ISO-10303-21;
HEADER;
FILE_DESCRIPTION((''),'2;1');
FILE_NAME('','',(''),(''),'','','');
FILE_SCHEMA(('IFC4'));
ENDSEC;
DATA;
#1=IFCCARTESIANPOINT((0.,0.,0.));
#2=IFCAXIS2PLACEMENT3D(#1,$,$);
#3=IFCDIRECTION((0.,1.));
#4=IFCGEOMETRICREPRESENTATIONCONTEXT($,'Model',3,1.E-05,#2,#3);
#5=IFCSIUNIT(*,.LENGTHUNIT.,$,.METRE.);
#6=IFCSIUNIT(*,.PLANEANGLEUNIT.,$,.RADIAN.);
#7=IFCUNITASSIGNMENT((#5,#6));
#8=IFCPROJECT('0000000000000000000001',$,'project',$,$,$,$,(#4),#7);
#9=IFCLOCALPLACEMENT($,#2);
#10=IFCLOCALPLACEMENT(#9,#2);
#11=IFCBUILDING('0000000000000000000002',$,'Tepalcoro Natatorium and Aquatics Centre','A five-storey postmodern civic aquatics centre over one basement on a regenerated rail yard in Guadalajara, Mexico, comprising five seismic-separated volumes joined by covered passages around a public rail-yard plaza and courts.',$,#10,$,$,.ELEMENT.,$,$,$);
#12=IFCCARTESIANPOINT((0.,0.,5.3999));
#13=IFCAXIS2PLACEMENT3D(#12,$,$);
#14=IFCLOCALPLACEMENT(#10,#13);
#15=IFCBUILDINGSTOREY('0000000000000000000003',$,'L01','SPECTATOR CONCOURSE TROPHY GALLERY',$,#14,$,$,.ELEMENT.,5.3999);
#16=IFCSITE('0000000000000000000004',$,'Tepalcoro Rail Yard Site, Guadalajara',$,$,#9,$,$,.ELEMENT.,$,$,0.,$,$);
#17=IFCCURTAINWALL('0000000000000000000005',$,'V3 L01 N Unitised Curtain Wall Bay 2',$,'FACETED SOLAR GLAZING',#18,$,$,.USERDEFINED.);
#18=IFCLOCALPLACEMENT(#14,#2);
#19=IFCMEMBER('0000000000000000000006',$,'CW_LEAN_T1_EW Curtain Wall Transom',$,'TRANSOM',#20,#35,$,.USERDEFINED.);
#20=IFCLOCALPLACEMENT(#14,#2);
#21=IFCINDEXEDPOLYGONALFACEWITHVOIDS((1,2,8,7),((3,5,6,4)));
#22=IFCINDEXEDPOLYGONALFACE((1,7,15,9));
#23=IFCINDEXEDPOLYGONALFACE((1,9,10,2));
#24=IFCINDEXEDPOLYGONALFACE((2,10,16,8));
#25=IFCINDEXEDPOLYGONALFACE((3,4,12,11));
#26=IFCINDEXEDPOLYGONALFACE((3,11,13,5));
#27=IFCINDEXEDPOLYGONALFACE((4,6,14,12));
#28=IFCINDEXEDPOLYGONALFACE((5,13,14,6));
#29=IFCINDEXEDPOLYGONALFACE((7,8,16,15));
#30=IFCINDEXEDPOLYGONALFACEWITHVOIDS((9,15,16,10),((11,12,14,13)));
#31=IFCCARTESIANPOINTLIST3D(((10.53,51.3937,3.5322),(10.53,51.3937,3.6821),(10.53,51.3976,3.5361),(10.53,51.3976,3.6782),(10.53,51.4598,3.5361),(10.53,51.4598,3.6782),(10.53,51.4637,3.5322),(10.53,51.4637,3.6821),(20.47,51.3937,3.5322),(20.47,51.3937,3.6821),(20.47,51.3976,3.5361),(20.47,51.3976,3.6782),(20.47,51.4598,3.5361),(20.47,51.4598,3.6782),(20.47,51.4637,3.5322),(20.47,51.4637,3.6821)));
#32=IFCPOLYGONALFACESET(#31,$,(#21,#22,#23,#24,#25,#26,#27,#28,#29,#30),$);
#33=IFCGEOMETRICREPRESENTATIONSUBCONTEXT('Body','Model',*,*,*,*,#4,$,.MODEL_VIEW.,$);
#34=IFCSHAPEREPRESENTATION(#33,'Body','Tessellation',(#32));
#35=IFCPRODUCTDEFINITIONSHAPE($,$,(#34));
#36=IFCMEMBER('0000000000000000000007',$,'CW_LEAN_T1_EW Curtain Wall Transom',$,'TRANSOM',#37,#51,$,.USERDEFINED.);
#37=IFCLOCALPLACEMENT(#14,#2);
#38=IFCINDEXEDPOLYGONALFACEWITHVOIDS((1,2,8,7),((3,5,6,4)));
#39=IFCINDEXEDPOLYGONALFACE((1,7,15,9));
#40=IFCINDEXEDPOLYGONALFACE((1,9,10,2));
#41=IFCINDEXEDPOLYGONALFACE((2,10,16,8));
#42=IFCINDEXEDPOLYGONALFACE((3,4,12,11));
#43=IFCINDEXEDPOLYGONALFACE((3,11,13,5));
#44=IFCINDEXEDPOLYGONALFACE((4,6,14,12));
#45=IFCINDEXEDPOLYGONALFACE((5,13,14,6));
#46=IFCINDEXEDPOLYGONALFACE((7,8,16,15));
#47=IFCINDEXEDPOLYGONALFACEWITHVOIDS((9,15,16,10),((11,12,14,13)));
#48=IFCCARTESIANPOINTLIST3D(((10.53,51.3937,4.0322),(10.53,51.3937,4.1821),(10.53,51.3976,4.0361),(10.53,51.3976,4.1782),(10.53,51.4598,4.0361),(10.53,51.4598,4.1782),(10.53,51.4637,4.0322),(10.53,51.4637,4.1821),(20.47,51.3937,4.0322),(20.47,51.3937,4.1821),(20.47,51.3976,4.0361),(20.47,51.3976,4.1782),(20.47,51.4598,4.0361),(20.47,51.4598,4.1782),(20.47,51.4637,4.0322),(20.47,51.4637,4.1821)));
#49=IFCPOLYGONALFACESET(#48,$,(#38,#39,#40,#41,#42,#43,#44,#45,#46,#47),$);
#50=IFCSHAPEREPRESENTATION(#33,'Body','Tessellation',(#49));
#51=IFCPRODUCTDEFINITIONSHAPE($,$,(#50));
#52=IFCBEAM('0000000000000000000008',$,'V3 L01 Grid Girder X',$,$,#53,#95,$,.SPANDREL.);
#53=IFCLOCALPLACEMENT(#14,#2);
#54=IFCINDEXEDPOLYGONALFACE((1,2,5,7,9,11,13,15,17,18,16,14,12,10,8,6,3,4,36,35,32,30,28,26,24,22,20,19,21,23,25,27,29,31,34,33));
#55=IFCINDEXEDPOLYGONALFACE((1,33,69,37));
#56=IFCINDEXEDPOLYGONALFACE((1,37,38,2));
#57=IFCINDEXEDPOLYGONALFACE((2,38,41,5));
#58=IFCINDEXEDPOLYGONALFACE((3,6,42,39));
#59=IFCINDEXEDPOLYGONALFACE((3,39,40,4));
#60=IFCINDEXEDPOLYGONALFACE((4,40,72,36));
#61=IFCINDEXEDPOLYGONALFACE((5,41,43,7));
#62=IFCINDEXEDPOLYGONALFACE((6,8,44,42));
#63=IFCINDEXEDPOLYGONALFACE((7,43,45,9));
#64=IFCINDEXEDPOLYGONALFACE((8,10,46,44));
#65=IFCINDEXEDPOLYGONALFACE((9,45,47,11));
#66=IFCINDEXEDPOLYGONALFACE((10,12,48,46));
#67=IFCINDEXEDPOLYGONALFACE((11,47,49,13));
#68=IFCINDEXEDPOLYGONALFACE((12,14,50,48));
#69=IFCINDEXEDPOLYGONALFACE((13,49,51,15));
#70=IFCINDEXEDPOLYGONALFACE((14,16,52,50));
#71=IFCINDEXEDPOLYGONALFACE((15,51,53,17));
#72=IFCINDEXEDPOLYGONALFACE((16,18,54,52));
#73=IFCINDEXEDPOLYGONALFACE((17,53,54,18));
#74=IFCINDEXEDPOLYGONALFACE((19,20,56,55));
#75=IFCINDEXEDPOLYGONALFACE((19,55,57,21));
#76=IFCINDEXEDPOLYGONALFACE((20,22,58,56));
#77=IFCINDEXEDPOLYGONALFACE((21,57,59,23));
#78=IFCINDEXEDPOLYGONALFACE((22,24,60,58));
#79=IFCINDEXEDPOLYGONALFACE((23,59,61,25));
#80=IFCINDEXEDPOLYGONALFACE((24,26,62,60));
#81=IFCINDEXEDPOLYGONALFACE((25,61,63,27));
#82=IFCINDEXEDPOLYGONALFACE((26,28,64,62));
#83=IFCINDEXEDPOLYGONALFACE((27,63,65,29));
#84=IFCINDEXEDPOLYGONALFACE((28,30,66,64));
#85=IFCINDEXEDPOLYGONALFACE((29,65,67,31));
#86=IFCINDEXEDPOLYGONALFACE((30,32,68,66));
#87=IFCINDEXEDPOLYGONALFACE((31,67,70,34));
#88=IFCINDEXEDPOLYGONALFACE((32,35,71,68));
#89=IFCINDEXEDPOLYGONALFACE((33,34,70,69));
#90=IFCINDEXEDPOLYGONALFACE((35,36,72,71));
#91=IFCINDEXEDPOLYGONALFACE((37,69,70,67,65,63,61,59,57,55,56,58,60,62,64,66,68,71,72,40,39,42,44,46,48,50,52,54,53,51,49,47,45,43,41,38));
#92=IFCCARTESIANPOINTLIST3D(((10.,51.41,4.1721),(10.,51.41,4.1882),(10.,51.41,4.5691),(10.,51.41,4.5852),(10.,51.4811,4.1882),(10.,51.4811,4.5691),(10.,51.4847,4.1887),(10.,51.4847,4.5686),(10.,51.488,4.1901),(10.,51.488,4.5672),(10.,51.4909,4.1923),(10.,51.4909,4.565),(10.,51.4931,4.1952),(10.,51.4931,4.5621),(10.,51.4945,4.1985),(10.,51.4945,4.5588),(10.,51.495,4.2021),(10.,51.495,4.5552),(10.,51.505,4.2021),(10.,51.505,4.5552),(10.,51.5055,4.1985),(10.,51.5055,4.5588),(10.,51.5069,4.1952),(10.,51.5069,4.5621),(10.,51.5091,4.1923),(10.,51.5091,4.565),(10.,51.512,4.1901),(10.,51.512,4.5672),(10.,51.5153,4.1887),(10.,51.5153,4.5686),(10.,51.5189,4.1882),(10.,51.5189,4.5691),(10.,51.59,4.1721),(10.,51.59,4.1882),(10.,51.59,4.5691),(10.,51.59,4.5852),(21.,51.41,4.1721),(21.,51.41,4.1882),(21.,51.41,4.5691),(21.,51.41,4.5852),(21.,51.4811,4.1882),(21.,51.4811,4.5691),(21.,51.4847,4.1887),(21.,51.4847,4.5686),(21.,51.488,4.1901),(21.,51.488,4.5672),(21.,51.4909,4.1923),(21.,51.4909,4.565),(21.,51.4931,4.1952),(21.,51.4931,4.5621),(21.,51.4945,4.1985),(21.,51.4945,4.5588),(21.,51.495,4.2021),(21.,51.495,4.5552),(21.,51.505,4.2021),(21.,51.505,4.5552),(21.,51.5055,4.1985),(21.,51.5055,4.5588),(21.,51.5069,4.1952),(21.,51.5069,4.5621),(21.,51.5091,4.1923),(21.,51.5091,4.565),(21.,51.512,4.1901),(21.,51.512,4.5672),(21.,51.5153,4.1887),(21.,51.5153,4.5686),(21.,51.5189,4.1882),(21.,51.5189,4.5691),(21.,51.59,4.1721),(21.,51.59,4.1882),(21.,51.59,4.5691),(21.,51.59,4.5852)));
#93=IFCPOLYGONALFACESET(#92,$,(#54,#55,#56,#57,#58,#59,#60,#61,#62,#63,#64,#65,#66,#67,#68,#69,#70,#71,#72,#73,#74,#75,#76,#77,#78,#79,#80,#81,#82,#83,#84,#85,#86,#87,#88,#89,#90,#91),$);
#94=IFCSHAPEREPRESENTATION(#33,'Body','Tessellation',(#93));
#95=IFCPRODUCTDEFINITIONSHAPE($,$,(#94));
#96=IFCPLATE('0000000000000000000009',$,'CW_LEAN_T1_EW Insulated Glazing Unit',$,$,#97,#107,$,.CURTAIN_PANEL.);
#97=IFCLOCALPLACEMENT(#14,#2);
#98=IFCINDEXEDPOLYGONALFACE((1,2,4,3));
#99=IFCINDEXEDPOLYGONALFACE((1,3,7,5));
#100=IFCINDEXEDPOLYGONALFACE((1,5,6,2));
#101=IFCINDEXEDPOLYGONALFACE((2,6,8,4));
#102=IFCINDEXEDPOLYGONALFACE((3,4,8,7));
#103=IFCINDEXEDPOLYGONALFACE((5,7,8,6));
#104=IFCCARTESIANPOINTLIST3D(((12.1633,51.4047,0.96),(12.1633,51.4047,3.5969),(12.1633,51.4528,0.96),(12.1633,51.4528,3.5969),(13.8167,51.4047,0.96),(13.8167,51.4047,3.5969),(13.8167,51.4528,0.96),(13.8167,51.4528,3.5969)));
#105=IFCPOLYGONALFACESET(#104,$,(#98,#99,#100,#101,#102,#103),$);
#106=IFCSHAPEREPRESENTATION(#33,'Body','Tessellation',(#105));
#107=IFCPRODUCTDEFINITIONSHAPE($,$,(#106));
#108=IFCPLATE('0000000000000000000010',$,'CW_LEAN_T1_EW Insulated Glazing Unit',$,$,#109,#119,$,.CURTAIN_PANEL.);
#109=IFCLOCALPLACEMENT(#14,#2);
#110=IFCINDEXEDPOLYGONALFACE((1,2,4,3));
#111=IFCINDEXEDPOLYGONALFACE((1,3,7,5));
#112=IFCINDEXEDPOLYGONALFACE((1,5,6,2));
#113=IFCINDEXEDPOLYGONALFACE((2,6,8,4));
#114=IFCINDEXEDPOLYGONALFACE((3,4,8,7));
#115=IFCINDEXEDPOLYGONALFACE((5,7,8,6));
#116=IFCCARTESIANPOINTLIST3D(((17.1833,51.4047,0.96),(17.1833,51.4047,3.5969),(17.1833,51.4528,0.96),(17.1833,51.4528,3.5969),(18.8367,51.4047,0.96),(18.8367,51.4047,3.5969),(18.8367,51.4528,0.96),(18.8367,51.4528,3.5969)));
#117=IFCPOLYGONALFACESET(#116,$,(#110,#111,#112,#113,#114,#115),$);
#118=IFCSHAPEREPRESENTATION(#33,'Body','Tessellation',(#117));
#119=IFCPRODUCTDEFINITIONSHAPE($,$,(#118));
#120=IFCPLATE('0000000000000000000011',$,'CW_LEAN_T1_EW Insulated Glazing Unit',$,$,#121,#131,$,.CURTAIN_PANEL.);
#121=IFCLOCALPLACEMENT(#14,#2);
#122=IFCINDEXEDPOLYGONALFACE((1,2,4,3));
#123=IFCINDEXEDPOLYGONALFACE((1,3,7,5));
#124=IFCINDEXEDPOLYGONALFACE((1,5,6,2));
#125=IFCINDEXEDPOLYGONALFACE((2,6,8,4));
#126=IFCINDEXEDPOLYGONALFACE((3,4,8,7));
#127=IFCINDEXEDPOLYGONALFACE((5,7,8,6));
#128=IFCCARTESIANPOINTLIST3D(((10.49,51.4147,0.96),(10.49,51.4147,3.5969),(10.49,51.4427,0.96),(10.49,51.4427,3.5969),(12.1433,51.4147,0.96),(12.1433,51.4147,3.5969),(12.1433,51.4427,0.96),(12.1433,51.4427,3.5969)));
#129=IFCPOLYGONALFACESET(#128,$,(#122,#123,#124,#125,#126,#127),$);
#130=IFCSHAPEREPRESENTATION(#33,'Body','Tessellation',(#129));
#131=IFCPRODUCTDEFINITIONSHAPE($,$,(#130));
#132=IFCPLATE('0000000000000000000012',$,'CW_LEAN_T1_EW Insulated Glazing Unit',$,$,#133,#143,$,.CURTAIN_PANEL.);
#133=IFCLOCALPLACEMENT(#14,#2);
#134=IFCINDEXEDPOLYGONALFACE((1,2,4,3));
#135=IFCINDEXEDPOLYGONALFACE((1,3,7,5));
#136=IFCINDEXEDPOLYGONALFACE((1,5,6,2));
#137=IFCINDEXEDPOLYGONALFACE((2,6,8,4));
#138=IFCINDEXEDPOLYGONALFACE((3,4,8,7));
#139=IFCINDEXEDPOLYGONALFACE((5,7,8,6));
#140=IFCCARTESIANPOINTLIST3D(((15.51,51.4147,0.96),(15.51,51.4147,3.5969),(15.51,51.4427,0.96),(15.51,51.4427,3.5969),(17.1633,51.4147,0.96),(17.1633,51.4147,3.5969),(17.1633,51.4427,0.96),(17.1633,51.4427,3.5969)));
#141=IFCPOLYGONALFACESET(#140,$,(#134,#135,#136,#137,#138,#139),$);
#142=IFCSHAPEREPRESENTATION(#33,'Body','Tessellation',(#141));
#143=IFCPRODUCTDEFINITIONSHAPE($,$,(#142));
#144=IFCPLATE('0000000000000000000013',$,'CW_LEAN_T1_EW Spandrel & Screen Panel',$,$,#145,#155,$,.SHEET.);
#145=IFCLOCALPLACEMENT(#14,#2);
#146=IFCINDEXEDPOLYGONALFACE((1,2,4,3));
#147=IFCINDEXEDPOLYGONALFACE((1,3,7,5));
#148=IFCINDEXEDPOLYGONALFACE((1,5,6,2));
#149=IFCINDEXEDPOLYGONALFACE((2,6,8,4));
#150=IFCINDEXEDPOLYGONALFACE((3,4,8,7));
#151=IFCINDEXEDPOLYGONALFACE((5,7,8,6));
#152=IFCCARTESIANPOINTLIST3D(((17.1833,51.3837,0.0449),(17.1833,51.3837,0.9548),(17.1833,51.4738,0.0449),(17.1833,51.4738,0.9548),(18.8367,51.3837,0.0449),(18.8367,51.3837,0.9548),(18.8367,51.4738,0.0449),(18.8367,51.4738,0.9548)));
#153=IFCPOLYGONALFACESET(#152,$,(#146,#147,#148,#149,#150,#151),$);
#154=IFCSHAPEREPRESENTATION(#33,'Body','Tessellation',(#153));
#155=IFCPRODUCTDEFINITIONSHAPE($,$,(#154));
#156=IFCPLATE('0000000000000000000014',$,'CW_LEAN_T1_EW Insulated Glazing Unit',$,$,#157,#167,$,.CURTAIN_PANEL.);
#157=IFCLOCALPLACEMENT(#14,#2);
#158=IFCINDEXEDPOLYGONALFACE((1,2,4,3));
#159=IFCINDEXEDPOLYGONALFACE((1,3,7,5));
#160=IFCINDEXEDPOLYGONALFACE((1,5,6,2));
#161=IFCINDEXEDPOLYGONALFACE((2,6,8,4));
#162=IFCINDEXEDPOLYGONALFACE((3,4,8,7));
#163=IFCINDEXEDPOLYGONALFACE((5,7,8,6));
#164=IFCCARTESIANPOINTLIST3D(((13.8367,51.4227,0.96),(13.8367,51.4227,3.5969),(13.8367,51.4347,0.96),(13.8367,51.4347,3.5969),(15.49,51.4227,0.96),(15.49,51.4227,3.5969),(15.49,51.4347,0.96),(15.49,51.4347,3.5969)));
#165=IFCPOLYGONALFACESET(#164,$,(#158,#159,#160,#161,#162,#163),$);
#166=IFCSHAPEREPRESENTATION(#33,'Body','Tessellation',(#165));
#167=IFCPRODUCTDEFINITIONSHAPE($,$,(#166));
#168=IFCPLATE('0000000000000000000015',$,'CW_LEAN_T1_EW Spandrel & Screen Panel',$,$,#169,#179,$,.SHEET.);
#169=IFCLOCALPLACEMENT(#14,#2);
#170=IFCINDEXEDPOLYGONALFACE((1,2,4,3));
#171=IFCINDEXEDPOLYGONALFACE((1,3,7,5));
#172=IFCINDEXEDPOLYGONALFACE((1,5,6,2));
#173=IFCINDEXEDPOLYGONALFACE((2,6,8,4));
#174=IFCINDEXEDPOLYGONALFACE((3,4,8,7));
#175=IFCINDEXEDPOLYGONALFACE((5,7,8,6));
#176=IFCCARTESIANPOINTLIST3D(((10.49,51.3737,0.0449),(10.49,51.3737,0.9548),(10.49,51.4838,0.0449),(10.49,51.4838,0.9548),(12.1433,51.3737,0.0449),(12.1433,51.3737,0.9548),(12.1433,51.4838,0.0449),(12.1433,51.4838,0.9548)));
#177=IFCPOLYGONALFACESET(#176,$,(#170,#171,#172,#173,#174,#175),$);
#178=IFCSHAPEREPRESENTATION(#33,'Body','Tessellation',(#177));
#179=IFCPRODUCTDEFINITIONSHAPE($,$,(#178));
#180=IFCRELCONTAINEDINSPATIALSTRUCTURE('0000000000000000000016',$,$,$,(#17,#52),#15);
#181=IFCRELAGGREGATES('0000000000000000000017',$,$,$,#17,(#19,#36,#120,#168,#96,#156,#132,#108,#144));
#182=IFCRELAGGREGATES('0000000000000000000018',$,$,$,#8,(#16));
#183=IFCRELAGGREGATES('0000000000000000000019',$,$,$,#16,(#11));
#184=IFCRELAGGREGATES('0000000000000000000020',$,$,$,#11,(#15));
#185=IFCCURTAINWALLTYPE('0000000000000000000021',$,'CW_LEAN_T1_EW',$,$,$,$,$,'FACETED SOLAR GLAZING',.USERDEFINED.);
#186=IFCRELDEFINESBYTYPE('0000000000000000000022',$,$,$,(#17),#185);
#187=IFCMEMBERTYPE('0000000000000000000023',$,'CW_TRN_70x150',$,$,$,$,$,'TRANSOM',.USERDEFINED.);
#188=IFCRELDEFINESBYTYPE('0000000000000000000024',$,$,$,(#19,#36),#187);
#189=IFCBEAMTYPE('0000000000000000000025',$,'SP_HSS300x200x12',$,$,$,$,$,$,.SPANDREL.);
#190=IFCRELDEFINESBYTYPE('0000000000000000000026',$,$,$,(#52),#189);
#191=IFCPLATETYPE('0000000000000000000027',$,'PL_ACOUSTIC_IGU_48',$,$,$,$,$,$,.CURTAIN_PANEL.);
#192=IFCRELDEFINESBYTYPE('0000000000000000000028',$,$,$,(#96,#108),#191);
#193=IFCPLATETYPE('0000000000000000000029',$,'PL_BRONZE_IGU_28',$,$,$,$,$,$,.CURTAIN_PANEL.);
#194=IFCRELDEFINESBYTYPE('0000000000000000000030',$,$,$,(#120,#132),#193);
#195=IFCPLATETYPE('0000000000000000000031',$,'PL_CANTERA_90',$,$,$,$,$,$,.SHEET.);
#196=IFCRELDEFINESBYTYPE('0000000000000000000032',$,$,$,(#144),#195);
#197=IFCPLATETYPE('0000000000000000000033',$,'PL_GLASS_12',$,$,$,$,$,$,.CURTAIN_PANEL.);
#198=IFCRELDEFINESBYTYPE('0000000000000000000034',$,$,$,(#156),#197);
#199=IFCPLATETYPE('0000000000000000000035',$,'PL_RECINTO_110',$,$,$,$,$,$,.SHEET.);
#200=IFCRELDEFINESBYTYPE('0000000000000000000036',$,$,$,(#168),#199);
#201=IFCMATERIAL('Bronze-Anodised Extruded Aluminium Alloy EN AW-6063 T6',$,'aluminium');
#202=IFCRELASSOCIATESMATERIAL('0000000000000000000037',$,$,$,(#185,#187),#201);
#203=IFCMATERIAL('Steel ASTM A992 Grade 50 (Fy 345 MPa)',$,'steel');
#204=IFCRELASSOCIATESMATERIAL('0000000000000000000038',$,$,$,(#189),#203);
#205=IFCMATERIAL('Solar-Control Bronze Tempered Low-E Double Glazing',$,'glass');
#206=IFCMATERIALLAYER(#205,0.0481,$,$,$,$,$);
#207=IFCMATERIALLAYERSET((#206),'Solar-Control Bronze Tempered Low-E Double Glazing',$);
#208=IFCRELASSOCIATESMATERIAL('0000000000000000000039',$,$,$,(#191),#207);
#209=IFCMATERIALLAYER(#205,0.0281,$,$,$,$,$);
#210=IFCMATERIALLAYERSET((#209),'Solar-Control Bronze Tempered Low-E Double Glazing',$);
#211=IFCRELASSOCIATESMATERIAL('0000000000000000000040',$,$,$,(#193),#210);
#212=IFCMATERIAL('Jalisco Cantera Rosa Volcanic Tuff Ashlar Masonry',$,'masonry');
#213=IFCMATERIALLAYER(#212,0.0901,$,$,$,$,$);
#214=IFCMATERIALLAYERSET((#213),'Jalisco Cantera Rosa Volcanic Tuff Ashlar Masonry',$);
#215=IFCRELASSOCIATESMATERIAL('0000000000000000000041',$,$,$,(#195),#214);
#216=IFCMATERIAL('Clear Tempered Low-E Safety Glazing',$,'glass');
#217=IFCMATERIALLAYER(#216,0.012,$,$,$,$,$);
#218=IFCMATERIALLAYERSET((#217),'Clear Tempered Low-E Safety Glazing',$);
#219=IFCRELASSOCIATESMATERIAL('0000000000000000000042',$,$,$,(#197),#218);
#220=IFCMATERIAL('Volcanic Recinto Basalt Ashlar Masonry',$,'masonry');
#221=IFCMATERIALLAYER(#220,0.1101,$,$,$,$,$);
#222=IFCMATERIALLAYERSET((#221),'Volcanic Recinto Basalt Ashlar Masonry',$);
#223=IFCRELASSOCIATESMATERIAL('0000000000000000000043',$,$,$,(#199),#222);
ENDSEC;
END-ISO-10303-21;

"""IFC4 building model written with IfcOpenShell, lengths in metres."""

from ifc_helpers import new_model, si_unit, direction, frame, origin, origin_2d, place, context, subcontext, project, spatial, rectangle, hollow_rectangle, i_section, extrude, material, layer, layer_set, material_profile, profile_set, type_object, element, aggregate, save


model = new_model("IFC4")

# Units and contexts
model_context = context("Model", 3, precision=1e-05, world=origin(), true_north=direction((0.0, 1.0)))
body_context = subcontext(model_context, "Body", "Model", "MODEL_VIEW")
ifc_project = project(units=[si_unit("LENGTHUNIT", "METRE"), si_unit("PLANEANGLEUNIT", "RADIAN")], contexts=[model_context])

# Site, building, storey
site_placement = place(None, origin())
site = spatial("IfcSite", under=ifc_project, at=site_placement, Name="Tepalcoro Rail Yard Site, Guadalajara", CompositionType="ELEMENT", RefElevation=0.0)
building_placement = place(site_placement, origin())
building = spatial("IfcBuilding", under=site, at=building_placement, Name="Tepalcoro Natatorium and Aquatics Centre", Description="A five-storey postmodern civic aquatics centre over one basement on a regenerated rail yard in Guadalajara, Mexico, comprising five seismic-separated volumes joined by covered passages around a public rail-yard plaza and courts.", CompositionType="ELEMENT")
storey_placement = place(building_placement, frame((0.0, 0.0, 5.3999)))
storey = spatial("IfcBuildingStorey", under=building, at=storey_placement, Name="L01", Description="SPECTATOR CONCOURSE TROPHY GALLERY", CompositionType="ELEMENT", Elevation=5.3999)

# Shared definitions
ifc_material_1 = material(Name="Steel ASTM A992 Grade 50 (Fy 345 MPa)", Category="steel")

# Curtain wall, members
ifc_material_2 = material(Name="Bronze-Anodised Extruded Aluminium Alloy EN AW-6063 T6", Category="aluminium")
curtain_wall_type = type_object("IfcCurtainWallType", Name="CW_LEAN_T1_EW", ElementType="FACETED SOLAR GLAZING", PredefinedType="USERDEFINED", material=ifc_material_2)
curtain_wall_placement = place(storey_placement, origin())
curtain_wall = element("IfcCurtainWall", 1, at=curtain_wall_placement, inside=storey, type_object=curtain_wall_type, Name="V3 L01 N Unitised Curtain Wall Bay 2", ObjectType="FACETED SOLAR GLAZING", PredefinedType="USERDEFINED")
ifc_material_profile_1 = material_profile(ifc_material_2, hollow_rectangle(XDim=0.0701, YDim=0.1499, WallThickness=0.0039, at=origin_2d()), Name="AL70X150X4")
ifc_profile_set_1 = profile_set([ifc_material_profile_1], Name="Bronze-Anodised Extruded Aluminium Alloy EN AW-6063 T6")
member_type_1 = type_object("IfcMemberType", Name="CW_TRN_70x150", ElementType="TRANSOM", PredefinedType="USERDEFINED", material=ifc_profile_set_1)
member_1_placement = place(storey_placement, frame((10.53, 51.4287, 3.6072), z_axis=(1.0, 0.0, 0.0), x_axis=(0.0, 1.0, 0.0)))
member_1 = element("IfcMember", 2, at=member_1_placement, type_object=member_type_1, Name="CW_LEAN_T1_EW Curtain Wall Transom", ObjectType="TRANSOM", PredefinedType="USERDEFINED", context=body_context, shape_type="SweptSolid", body=[
    extrude(hollow_rectangle(XDim=0.0701, YDim=0.1499, WallThickness=0.0039, at=origin_2d()), origin(), (0.0, 0.0, 1.0), 9.9399),
])
member_2_placement = place(storey_placement, frame((10.53, 51.4287, 4.1072), z_axis=(1.0, 0.0, 0.0), x_axis=(0.0, 1.0, 0.0)))
member_2 = element("IfcMember", 3, at=member_2_placement, type_object=member_type_1, Name="CW_LEAN_T1_EW Curtain Wall Transom", ObjectType="TRANSOM", PredefinedType="USERDEFINED", context=body_context, shape_type="SweptSolid", body=[
    extrude(hollow_rectangle(XDim=0.0701, YDim=0.1499, WallThickness=0.0039, at=origin_2d()), origin(), (0.0, 0.0, 1.0), 9.9399),
])

# Beam
ifc_material_profile_2 = material_profile(ifc_material_1, i_section(OverallWidth=0.1799, OverallDepth=0.4131, WebThickness=0.01, FlangeThickness=0.0161, FilletRadius=0.0139, at=origin_2d()), Name="W16X50")
ifc_profile_set_2 = profile_set([ifc_material_profile_2], Name="Steel ASTM A992 Grade 50 (Fy 345 MPa)")
beam_type = type_object("IfcBeamType", Name="SP_HSS300x200x12", PredefinedType="SPANDREL", material=ifc_profile_set_2)
beam_placement = place(storey_placement, frame((10.0, 51.5, 4.3787), z_axis=(1.0, 0.0, 0.0), x_axis=(0.0, 1.0, 0.0)))
element("IfcBeam", 4, at=beam_placement, inside=storey, type_object=beam_type, Name="V3 L01 Grid Girder X", PredefinedType="SPANDREL", context=body_context, shape_type="SweptSolid", body=[
    extrude(i_section(OverallWidth=0.1799, OverallDepth=0.4131, WebThickness=0.01, FlangeThickness=0.0161, FilletRadius=0.0139, at=origin_2d()), origin(), (0.0, 0.0, 1.0), 11.0),
])

# Plates
ifc_material_3 = material(Name="Solar-Control Bronze Tempered Low-E Double Glazing", Category="glass")
ifc_layer_1 = layer(ifc_material_3, 0.0481)
ifc_layer_set_1 = layer_set([ifc_layer_1], Name="Solar-Control Bronze Tempered Low-E Double Glazing")
plate_type_1 = type_object("IfcPlateType", Name="PL_ACOUSTIC_IGU_48", PredefinedType="CURTAIN_PANEL", material=ifc_layer_set_1)
plate_1_placement = place(storey_placement, frame((12.99, 51.4287, 0.96), z_axis=(0.0, 0.0, 1.0), x_axis=(1.0, 0.0, 0.0)))
plate_1 = element("IfcPlate", 5, at=plate_1_placement, type_object=plate_type_1, Name="CW_LEAN_T1_EW Insulated Glazing Unit", PredefinedType="CURTAIN_PANEL", context=body_context, shape_type="SweptSolid", body=[
    extrude(rectangle(XDim=1.6533, YDim=0.0481, at=origin_2d()), origin(), (0.0, 0.0, 1.0), 2.637),
])
plate_2_placement = place(storey_placement, frame((18.01, 51.4287, 0.96), z_axis=(0.0, 0.0, 1.0), x_axis=(1.0, 0.0, 0.0)))
plate_2 = element("IfcPlate", 6, at=plate_2_placement, type_object=plate_type_1, Name="CW_LEAN_T1_EW Insulated Glazing Unit", PredefinedType="CURTAIN_PANEL", context=body_context, shape_type="SweptSolid", body=[
    extrude(rectangle(XDim=1.6533, YDim=0.0481, at=origin_2d()), origin(), (0.0, 0.0, 1.0), 2.637),
])
ifc_layer_2 = layer(ifc_material_3, 0.0281)
ifc_layer_set_2 = layer_set([ifc_layer_2], Name="Solar-Control Bronze Tempered Low-E Double Glazing")
plate_type_2 = type_object("IfcPlateType", Name="PL_BRONZE_IGU_28", PredefinedType="CURTAIN_PANEL", material=ifc_layer_set_2)
plate_3_placement = place(storey_placement, frame((11.3167, 51.4287, 0.96), z_axis=(0.0, 0.0, 1.0), x_axis=(1.0, 0.0, 0.0)))
plate_3 = element("IfcPlate", 7, at=plate_3_placement, type_object=plate_type_2, Name="CW_LEAN_T1_EW Insulated Glazing Unit", PredefinedType="CURTAIN_PANEL", context=body_context, shape_type="SweptSolid", body=[
    extrude(rectangle(XDim=1.6533, YDim=0.0281, at=origin_2d()), origin(), (0.0, 0.0, 1.0), 2.637),
])
plate_4_placement = place(storey_placement, frame((16.3367, 51.4287, 0.96), z_axis=(0.0, 0.0, 1.0), x_axis=(1.0, 0.0, 0.0)))
plate_4 = element("IfcPlate", 8, at=plate_4_placement, type_object=plate_type_2, Name="CW_LEAN_T1_EW Insulated Glazing Unit", PredefinedType="CURTAIN_PANEL", context=body_context, shape_type="SweptSolid", body=[
    extrude(rectangle(XDim=1.6533, YDim=0.0281, at=origin_2d()), origin(), (0.0, 0.0, 1.0), 2.637),
])
ifc_material_4 = material(Name="Jalisco Cantera Rosa Volcanic Tuff Ashlar Masonry", Category="masonry")
ifc_layer_3 = layer(ifc_material_4, 0.0901)
ifc_layer_set_3 = layer_set([ifc_layer_3], Name="Jalisco Cantera Rosa Volcanic Tuff Ashlar Masonry")
plate_type_3 = type_object("IfcPlateType", Name="PL_CANTERA_90", PredefinedType="SHEET", material=ifc_layer_set_3)
plate_5_placement = place(storey_placement, frame((18.01, 51.4287, 0.0449), z_axis=(0.0, 0.0, 1.0), x_axis=(1.0, 0.0, 0.0)))
plate_5 = element("IfcPlate", 9, at=plate_5_placement, type_object=plate_type_3, Name="CW_LEAN_T1_EW Spandrel & Screen Panel", PredefinedType="SHEET", context=body_context, shape_type="SweptSolid", body=[
    extrude(rectangle(XDim=1.6533, YDim=0.0901, at=origin_2d()), origin(), (0.0, 0.0, 1.0), 0.9099),
])
ifc_material_5 = material(Name="Clear Tempered Low-E Safety Glazing", Category="glass")
ifc_layer_4 = layer(ifc_material_5, 0.012)
ifc_layer_set_4 = layer_set([ifc_layer_4], Name="Clear Tempered Low-E Safety Glazing")
plate_type_4 = type_object("IfcPlateType", Name="PL_GLASS_12", PredefinedType="CURTAIN_PANEL", material=ifc_layer_set_4)
plate_6_placement = place(storey_placement, frame((14.6633, 51.4287, 0.96), z_axis=(0.0, 0.0, 1.0), x_axis=(1.0, 0.0, 0.0)))
plate_6 = element("IfcPlate", 10, at=plate_6_placement, type_object=plate_type_4, Name="CW_LEAN_T1_EW Insulated Glazing Unit", PredefinedType="CURTAIN_PANEL", context=body_context, shape_type="SweptSolid", body=[
    extrude(rectangle(XDim=1.6533, YDim=0.012, at=origin_2d()), origin(), (0.0, 0.0, 1.0), 2.637),
])
ifc_material_6 = material(Name="Volcanic Recinto Basalt Ashlar Masonry", Category="masonry")
ifc_layer_5 = layer(ifc_material_6, 0.1101)
ifc_layer_set_5 = layer_set([ifc_layer_5], Name="Volcanic Recinto Basalt Ashlar Masonry")
plate_type_5 = type_object("IfcPlateType", Name="PL_RECINTO_110", PredefinedType="SHEET", material=ifc_layer_set_5)
plate_7_placement = place(storey_placement, frame((11.3167, 51.4287, 0.0449), z_axis=(0.0, 0.0, 1.0), x_axis=(1.0, 0.0, 0.0)))
plate_7 = element("IfcPlate", 11, at=plate_7_placement, type_object=plate_type_5, Name="CW_LEAN_T1_EW Spandrel & Screen Panel", PredefinedType="SHEET", context=body_context, shape_type="SweptSolid", body=[
    extrude(rectangle(XDim=1.6533, YDim=0.1101, at=origin_2d()), origin(), (0.0, 0.0, 1.0), 0.9099),
])
aggregate(curtain_wall, [member_1, member_2, plate_3, plate_7, plate_1, plate_6, plate_4, plate_2, plate_5])

save(model, "model.ifc")
